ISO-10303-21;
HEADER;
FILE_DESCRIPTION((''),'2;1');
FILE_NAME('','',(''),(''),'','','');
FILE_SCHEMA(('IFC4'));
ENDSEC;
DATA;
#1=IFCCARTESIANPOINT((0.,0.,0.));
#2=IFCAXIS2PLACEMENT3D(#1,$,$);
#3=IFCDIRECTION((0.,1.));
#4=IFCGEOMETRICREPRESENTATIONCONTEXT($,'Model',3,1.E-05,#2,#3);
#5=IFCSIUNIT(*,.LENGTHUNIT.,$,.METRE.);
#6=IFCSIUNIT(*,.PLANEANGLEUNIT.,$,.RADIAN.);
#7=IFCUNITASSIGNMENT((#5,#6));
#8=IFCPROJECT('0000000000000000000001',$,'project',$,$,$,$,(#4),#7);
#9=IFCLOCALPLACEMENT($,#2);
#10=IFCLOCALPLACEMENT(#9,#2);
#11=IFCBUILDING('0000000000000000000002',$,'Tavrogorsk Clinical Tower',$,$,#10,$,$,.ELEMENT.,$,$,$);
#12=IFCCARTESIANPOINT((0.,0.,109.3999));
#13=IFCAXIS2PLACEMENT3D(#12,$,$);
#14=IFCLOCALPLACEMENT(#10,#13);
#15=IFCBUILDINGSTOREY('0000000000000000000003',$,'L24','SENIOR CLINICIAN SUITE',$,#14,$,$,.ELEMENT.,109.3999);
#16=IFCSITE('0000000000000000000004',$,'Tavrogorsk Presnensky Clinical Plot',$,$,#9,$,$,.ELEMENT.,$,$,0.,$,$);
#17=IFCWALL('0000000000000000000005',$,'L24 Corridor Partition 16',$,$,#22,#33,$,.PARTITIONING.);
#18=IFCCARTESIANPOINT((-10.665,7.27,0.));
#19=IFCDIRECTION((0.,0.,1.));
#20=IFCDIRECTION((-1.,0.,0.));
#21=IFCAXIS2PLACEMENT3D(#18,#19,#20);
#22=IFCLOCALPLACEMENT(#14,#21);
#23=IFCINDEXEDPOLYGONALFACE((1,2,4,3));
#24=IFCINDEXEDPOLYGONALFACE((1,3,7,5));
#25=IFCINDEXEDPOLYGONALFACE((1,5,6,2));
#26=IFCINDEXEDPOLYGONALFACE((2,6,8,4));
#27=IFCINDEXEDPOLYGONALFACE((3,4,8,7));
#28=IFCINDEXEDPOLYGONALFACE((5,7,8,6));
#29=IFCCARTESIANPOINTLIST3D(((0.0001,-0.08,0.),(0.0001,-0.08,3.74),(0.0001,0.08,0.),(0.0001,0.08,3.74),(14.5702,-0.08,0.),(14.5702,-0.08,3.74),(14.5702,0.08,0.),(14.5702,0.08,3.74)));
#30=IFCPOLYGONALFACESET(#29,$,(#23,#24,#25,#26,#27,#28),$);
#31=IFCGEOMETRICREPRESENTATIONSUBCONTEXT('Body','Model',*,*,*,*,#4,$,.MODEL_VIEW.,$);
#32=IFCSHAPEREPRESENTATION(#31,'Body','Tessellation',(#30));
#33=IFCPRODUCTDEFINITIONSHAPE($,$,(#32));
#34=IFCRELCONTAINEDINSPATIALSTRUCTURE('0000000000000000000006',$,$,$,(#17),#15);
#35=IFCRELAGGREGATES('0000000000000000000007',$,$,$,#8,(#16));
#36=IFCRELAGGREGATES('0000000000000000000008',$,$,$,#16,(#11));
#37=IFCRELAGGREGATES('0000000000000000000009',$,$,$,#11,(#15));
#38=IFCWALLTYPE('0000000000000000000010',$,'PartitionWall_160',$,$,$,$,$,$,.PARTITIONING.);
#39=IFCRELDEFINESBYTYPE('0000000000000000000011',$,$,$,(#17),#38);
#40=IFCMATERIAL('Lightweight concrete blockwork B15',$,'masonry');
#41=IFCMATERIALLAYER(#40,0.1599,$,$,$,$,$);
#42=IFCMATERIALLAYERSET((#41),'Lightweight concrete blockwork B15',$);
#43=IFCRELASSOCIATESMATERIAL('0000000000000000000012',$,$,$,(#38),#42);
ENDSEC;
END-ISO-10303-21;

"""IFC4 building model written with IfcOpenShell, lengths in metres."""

from ifc_helpers import new_model, si_unit, direction, frame, frame_2d, origin, place, context, subcontext, project, spatial, rectangle, extrude, material, layer, layer_set, type_object, element, save


model = new_model("IFC4")

# Units and contexts
model_context = context("Model", 3, precision=1e-05, world=origin(), true_north=direction((0.0, 1.0)))
body_context = subcontext(model_context, "Body", "Model", "MODEL_VIEW")
ifc_project = project(units=[si_unit("LENGTHUNIT", "METRE"), si_unit("PLANEANGLEUNIT", "RADIAN")], contexts=[model_context])

# Site, building, storey
site_placement = place(None, origin())
site = spatial("IfcSite", under=ifc_project, at=site_placement, Name="Tavrogorsk Presnensky Clinical Plot", CompositionType="ELEMENT", RefElevation=0.0)
building_placement = place(site_placement, origin())
building = spatial("IfcBuilding", under=site, at=building_placement, Name="Tavrogorsk Clinical Tower", CompositionType="ELEMENT")
storey_placement = place(building_placement, frame((0.0, 0.0, 109.3999)))
storey = spatial("IfcBuildingStorey", under=building, at=storey_placement, Name="L24", Description="SENIOR CLINICIAN SUITE", CompositionType="ELEMENT", Elevation=109.3999)

# Shared definitions
ifc_material_1 = material(Name="Lightweight concrete blockwork B15", Category="masonry")
ifc_layer_1 = layer(ifc_material_1, 0.1599)
ifc_layer_set_1 = layer_set([ifc_layer_1], Name="Lightweight concrete blockwork B15")
wall_type_1 = type_object("IfcWallType", Name="PartitionWall_160", PredefinedType="PARTITIONING", material=ifc_layer_set_1)

# Wall
wall_1_placement = place(storey_placement, frame((-10.665, 7.27, 0.0), z_axis=(0.0, 0.0, 1.0), x_axis=(-1.0, 0.0, 0.0)))
element("IfcWall", 1, at=wall_1_placement, inside=storey, type_object=wall_type_1, Name="L24 Corridor Partition 16", PredefinedType="PARTITIONING", context=body_context, shape_type="SweptSolid", body=[
    extrude(rectangle(XDim=14.5701, YDim=0.1599, at=frame_2d((7.2852, 0.0))), origin(), (0.0, 0.0, 1.0), 3.74),
])

save(model, "model.ifc")
